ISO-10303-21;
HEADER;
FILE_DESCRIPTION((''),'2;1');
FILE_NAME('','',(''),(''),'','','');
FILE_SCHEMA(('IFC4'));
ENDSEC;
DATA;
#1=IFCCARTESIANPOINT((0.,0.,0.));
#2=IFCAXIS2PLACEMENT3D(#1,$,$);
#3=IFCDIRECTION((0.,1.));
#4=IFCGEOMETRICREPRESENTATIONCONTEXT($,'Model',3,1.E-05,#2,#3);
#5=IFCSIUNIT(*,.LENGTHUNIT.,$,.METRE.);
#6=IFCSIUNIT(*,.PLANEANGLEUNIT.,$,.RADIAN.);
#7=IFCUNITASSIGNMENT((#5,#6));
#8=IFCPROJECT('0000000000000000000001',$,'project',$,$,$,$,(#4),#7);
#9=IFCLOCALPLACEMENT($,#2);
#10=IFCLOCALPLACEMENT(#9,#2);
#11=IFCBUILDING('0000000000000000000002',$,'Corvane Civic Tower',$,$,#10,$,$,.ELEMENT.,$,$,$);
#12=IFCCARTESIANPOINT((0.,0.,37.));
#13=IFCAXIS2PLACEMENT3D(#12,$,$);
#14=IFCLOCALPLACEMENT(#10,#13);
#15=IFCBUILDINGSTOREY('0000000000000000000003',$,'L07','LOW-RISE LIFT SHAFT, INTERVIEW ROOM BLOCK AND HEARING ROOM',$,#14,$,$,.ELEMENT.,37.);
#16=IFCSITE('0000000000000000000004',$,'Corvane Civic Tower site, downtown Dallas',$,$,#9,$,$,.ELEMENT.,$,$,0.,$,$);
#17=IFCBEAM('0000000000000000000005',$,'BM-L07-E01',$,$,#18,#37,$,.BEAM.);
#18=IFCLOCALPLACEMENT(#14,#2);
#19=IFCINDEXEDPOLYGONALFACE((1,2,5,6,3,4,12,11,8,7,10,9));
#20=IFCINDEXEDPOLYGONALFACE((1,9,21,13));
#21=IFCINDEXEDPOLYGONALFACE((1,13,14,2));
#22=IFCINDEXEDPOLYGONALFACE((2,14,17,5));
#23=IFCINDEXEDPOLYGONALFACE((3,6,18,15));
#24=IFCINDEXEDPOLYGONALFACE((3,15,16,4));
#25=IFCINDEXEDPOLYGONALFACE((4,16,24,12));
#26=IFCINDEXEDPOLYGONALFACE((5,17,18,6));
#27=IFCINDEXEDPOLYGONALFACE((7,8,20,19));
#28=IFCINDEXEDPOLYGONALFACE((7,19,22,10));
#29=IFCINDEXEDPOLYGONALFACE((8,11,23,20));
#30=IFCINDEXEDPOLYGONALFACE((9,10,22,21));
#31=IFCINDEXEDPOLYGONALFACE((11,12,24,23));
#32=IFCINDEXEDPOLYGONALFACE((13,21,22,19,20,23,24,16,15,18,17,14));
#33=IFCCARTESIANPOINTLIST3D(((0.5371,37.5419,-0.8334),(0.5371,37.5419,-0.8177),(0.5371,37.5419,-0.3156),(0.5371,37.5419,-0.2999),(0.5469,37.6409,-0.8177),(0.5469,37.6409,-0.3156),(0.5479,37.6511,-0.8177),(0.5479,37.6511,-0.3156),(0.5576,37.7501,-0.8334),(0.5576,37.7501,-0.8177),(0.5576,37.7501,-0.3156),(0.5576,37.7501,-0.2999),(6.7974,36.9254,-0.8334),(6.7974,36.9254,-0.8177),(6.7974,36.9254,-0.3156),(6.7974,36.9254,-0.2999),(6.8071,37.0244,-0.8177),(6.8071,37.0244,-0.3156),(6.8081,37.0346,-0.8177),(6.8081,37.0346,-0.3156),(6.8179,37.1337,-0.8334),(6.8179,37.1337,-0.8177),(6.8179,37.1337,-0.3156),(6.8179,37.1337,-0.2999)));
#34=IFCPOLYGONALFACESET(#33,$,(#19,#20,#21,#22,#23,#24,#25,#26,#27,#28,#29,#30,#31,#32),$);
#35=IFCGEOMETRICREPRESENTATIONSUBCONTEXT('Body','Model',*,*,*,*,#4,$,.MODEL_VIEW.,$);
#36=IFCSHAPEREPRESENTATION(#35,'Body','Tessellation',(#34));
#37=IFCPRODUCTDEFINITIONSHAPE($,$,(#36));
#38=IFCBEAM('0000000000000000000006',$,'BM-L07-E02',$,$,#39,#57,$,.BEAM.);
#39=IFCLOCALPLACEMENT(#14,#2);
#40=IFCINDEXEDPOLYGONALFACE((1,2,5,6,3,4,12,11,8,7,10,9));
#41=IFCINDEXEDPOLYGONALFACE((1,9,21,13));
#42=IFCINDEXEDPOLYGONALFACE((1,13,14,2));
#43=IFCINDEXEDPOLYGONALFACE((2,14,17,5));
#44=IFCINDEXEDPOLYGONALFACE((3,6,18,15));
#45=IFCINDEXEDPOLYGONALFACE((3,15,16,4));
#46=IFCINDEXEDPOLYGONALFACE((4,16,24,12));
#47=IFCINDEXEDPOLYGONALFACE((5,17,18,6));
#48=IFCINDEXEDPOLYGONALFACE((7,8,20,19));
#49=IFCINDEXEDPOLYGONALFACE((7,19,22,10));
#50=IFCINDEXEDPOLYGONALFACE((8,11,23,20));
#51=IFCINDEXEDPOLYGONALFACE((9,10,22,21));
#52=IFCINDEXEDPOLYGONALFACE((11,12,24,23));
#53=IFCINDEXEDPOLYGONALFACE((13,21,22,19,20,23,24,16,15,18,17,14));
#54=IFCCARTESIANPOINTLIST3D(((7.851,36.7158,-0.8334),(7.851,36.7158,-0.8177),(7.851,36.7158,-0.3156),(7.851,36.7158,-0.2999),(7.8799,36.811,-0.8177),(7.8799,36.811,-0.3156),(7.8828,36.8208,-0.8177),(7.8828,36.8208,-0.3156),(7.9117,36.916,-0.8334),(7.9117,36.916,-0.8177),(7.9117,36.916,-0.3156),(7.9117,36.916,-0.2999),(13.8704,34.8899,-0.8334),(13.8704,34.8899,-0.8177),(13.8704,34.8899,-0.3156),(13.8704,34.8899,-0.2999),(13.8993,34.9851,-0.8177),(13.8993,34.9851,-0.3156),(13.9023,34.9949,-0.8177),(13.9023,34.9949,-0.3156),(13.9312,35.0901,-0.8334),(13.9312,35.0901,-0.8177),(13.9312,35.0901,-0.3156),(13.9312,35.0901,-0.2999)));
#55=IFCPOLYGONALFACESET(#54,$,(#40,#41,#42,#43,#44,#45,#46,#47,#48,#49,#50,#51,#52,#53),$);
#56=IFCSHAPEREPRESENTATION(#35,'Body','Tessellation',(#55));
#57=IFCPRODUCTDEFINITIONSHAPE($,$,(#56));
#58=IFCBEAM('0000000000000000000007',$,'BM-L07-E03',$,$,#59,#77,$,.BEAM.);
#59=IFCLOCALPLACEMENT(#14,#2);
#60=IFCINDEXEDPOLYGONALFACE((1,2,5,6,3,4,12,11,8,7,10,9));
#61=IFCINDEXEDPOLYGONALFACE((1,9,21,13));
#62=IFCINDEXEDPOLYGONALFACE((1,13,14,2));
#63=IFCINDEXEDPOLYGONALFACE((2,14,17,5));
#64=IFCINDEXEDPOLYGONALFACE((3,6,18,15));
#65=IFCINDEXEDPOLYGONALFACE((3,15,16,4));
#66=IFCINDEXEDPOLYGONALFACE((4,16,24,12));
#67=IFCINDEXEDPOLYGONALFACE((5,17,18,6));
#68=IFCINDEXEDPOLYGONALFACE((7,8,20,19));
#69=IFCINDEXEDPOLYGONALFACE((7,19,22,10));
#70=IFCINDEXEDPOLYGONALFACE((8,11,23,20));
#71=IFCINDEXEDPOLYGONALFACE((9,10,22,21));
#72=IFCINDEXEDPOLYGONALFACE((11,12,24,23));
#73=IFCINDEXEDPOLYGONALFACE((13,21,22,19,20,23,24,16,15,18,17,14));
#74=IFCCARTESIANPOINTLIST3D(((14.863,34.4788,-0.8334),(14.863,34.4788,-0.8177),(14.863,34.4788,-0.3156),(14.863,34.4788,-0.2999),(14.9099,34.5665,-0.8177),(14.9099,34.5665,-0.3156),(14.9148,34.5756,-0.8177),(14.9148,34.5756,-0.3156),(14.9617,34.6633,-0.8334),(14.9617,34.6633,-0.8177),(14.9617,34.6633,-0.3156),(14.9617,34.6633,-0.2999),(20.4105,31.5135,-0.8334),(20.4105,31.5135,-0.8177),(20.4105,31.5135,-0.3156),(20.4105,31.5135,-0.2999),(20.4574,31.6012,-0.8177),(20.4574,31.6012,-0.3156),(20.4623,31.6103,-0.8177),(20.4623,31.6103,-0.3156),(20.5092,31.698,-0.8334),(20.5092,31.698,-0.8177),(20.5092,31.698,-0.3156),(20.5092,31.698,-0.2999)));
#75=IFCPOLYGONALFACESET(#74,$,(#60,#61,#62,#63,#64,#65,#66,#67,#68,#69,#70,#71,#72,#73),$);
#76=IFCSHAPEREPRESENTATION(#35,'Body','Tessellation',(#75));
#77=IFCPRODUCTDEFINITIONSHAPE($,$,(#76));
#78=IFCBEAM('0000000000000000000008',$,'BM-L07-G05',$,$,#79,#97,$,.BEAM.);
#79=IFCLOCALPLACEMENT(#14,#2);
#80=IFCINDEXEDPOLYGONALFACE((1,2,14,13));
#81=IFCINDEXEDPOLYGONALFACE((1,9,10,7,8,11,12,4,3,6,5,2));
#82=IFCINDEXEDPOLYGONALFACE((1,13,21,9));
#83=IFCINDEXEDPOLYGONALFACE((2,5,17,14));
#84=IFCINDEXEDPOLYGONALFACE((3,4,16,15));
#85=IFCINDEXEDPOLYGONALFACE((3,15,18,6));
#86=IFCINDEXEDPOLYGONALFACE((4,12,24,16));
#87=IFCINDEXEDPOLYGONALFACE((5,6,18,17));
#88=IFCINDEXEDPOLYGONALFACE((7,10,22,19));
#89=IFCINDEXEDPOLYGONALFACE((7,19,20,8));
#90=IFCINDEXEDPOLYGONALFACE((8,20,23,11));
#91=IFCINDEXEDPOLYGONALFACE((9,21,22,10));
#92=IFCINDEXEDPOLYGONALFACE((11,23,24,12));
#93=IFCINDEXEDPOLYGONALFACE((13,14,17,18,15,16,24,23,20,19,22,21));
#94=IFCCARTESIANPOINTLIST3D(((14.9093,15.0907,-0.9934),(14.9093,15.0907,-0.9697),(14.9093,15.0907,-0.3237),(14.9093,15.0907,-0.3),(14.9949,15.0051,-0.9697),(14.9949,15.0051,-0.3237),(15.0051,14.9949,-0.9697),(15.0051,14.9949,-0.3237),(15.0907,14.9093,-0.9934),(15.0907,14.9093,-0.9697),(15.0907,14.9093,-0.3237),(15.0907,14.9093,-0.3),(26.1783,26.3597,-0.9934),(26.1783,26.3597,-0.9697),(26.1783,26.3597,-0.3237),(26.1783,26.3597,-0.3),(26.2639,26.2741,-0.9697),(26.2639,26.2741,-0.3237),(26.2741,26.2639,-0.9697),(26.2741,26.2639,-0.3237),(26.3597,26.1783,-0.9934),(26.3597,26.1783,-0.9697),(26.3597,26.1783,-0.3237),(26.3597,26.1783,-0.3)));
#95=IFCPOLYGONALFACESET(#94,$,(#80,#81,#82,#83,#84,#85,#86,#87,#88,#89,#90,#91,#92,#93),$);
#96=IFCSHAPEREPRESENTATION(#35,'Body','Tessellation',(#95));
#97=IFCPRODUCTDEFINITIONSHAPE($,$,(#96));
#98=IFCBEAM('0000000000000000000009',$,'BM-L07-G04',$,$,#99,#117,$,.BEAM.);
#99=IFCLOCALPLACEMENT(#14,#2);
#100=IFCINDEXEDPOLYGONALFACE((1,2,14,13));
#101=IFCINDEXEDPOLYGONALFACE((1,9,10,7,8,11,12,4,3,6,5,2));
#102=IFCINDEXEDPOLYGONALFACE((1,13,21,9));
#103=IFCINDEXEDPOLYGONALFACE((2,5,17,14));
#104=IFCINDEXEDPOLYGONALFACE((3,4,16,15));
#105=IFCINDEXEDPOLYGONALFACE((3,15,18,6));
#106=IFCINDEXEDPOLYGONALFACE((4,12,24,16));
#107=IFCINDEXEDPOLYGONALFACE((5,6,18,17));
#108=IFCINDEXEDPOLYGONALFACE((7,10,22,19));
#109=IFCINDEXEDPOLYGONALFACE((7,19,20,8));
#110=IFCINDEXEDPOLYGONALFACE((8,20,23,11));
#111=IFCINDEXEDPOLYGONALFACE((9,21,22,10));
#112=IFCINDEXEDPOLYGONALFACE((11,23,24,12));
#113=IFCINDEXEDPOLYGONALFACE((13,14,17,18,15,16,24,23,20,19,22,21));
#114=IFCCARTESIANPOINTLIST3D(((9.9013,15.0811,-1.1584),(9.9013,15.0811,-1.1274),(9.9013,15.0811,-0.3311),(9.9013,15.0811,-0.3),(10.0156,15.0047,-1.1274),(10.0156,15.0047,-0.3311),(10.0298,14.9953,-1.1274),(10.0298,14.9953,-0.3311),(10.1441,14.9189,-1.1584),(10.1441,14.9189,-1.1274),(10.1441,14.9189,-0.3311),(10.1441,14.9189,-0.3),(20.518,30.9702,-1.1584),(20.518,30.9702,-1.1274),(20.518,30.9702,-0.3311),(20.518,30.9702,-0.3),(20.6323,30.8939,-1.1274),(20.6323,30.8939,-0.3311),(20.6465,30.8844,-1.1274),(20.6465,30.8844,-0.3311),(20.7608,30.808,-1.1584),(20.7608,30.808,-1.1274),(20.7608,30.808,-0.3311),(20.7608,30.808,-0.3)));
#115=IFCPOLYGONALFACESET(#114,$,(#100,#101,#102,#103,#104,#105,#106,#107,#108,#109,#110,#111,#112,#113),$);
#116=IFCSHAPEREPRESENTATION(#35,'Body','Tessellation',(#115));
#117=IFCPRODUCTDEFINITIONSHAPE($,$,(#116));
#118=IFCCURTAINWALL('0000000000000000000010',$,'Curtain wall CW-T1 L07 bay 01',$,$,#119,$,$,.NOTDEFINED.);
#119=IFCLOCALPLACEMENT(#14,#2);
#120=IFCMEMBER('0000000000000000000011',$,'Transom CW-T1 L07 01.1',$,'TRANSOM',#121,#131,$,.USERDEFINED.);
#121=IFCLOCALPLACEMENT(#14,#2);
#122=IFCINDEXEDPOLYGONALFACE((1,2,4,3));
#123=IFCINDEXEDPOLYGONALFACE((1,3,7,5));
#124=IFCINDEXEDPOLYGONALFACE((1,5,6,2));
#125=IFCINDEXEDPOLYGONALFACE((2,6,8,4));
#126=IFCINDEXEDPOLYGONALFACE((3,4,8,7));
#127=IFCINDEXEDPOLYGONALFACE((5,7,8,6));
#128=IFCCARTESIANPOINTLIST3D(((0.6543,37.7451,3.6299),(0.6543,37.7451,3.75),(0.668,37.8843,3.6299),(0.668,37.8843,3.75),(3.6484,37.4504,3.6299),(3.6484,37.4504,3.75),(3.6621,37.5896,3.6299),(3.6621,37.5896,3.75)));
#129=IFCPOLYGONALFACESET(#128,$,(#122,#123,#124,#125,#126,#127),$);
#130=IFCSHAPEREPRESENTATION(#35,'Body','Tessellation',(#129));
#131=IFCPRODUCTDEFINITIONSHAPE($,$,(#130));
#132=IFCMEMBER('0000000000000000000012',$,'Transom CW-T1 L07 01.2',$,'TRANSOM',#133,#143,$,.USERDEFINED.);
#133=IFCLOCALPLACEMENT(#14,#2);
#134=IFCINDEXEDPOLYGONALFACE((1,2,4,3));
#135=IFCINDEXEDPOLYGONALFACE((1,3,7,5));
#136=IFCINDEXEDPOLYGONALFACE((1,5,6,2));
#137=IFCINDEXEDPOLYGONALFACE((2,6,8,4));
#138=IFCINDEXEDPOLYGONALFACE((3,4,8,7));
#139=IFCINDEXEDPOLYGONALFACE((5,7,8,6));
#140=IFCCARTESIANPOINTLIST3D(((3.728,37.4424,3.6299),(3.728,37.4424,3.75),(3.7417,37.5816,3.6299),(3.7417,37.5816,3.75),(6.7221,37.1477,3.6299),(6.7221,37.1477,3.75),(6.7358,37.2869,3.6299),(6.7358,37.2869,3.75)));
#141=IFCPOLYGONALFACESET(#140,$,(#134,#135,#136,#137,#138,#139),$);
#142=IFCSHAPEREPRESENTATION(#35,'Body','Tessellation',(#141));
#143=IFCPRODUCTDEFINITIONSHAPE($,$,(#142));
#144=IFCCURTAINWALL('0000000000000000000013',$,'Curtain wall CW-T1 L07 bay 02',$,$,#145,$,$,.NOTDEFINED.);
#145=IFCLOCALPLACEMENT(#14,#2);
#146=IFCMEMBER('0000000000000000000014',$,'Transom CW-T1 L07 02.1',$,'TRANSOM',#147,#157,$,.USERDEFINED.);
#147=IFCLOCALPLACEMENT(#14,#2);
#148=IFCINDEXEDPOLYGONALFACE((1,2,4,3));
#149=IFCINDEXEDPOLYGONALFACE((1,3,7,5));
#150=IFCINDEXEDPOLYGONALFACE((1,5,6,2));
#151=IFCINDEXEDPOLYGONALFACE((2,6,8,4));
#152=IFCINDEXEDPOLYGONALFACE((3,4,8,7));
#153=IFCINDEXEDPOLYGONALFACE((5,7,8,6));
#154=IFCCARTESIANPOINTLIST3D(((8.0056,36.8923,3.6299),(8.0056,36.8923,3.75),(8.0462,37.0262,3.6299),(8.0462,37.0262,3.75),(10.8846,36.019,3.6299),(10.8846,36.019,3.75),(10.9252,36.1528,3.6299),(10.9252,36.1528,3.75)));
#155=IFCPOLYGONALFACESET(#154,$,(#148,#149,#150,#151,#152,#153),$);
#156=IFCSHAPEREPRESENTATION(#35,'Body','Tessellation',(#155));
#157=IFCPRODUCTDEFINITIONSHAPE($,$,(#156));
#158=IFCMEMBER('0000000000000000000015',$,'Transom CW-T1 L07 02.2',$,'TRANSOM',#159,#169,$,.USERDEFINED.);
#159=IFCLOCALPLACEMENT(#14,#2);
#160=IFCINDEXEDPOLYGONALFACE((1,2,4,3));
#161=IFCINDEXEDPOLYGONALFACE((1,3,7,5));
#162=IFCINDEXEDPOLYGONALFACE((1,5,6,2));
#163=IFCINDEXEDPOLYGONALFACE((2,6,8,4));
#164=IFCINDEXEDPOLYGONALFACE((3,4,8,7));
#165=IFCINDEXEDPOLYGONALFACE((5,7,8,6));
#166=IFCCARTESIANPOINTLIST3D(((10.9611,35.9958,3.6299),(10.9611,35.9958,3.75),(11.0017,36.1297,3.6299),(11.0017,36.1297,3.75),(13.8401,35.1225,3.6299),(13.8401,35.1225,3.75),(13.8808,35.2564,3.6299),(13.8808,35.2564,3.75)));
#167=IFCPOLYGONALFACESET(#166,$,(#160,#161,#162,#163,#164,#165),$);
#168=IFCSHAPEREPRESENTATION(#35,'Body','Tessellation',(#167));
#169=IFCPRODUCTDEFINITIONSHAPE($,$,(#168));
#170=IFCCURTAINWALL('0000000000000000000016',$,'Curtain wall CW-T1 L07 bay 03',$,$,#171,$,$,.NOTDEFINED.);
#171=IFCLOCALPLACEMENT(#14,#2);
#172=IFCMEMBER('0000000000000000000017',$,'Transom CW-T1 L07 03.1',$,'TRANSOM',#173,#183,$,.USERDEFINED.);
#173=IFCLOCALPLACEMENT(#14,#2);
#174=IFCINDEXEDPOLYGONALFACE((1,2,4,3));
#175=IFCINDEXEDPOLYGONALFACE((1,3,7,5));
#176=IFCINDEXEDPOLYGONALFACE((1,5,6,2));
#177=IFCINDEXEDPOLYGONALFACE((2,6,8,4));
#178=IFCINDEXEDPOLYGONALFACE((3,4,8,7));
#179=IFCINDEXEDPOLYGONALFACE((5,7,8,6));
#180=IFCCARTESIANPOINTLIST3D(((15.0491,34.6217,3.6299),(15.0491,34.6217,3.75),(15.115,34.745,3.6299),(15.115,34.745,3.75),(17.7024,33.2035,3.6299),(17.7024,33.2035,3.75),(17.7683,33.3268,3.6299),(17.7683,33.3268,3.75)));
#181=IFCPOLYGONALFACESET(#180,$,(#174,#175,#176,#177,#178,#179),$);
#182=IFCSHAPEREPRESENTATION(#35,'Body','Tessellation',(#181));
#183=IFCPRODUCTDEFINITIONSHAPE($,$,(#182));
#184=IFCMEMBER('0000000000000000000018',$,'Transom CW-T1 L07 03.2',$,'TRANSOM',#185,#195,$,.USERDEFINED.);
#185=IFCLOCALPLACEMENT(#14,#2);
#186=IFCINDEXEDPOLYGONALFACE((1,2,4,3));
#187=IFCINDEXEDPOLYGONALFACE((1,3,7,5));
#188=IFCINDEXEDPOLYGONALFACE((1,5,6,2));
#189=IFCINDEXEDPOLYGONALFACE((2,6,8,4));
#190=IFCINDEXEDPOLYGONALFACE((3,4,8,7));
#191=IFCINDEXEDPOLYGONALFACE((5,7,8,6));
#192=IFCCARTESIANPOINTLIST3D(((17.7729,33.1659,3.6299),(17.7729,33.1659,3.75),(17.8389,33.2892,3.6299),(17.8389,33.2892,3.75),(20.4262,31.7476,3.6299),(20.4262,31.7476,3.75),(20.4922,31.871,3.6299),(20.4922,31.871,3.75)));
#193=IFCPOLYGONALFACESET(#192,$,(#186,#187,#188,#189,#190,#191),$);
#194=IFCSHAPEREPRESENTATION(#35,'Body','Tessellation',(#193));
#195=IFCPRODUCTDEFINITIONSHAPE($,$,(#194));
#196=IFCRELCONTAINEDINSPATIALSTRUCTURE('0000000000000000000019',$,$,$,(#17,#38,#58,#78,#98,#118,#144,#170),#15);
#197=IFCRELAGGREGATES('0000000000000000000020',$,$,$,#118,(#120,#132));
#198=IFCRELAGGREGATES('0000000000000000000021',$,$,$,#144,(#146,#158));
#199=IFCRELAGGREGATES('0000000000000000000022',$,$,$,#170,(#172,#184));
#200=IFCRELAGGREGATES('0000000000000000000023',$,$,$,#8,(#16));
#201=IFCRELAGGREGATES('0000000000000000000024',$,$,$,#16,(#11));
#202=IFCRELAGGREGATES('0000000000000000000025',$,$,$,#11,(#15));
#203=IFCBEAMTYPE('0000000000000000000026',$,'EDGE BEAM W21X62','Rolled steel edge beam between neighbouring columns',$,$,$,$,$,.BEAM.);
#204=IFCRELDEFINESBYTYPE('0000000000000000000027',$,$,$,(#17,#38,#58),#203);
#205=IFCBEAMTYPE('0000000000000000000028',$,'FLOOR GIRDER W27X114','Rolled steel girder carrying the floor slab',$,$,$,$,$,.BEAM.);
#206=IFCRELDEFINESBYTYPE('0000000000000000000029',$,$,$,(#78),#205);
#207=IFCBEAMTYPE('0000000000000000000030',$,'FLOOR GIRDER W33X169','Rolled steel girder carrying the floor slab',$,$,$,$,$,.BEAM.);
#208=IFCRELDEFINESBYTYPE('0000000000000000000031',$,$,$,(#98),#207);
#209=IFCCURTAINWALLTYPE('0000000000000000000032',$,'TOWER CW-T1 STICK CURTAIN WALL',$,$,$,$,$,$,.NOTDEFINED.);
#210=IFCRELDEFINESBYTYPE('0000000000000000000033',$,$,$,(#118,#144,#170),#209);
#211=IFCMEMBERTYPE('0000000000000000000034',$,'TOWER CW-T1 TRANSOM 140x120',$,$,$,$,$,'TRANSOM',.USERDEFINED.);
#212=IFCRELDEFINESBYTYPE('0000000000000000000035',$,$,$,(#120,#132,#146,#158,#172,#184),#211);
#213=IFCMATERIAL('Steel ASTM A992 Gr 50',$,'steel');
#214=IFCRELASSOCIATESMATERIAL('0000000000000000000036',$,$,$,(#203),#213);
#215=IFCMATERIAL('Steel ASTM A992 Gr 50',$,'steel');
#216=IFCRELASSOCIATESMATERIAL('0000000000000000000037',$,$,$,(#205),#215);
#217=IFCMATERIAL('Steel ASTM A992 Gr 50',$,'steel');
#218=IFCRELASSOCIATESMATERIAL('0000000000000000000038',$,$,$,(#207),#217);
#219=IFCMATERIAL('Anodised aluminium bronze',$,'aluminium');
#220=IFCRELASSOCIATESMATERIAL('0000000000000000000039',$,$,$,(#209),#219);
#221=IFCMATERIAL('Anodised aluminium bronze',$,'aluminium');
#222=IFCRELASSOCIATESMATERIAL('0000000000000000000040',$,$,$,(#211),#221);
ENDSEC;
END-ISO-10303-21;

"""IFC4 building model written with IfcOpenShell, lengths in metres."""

from ifc_helpers import new_model, si_unit, direction, frame, origin, origin_2d, place, context, subcontext, project, spatial, rectangle, i_section, extrude, material, material_profile, profile_set, type_object, element, aggregate, save


model = new_model("IFC4")

# Units and contexts
model_context = context("Model", 3, precision=1e-05, world=origin(), true_north=direction((0.0, 1.0)))
body_context = subcontext(model_context, "Body", "Model", "MODEL_VIEW")
ifc_project = project(units=[si_unit("LENGTHUNIT", "METRE"), si_unit("PLANEANGLEUNIT", "RADIAN")], contexts=[model_context])

# Site, building, storey
site_placement = place(None, origin())
site = spatial("IfcSite", under=ifc_project, at=site_placement, Name="Corvane Civic Tower site, downtown Dallas", CompositionType="ELEMENT", RefElevation=0.0)
building_placement = place(site_placement, origin())
building = spatial("IfcBuilding", under=site, at=building_placement, Name="Corvane Civic Tower", CompositionType="ELEMENT")
storey_placement = place(building_placement, frame((0.0, 0.0, 37.0)))
storey = spatial("IfcBuildingStorey", under=building, at=storey_placement, Name="L07", Description="LOW-RISE LIFT SHAFT, INTERVIEW ROOM BLOCK AND HEARING ROOM", CompositionType="ELEMENT", Elevation=37.0)

# Beams
ifc_material_1 = material(Name="Steel ASTM A992 Gr 50", Category="steel")
ifc_material_profile_1 = material_profile(ifc_material_1, i_section(OverallWidth=0.2092, OverallDepth=0.5334, WebThickness=0.0103, FlangeThickness=0.0156, at=origin_2d()), Name="W21X62")
ifc_profile_set_1 = profile_set([ifc_material_profile_1], Name="Steel ASTM A992 Gr 50")
beam_type_1 = type_object("IfcBeamType", Name="EDGE BEAM W21X62", Description="Rolled steel edge beam between neighbouring columns", PredefinedType="BEAM", material=ifc_profile_set_1)
beam_1_placement = place(storey_placement, frame((0.5474, 37.646, -0.5667), z_axis=(0.995187, -0.097997, 0.0), x_axis=(0.097997, 0.995187, 0.0)))
element("IfcBeam", 1, at=beam_1_placement, inside=storey, type_object=beam_type_1, Name="BM-L07-E01", PredefinedType="BEAM", context=body_context, shape_type="SweptSolid", body=[
    extrude(i_section(OverallWidth=0.2092, OverallDepth=0.5334, WebThickness=0.0103, FlangeThickness=0.0156, at=origin_2d()), origin(), (0.0, 0.0, 1.0), 6.2905),
])
for number, where, z_axis, x_axis, name in (
    (2, (7.8813, 36.8159, -0.5667), (0.956944, -0.290273, 0.0), (0.290273, 0.956944, 0.0), "BM-L07-E02"),
    (3, (14.9124, 34.571, -0.5667), (0.881916, -0.471406, 0.0), (0.471406, 0.881916, 0.0), "BM-L07-E03"),
):
    element("IfcBeam", number, at=place(storey_placement, frame(where, z_axis=z_axis, x_axis=x_axis)), inside=storey, type_object=beam_type_1, Name=name, PredefinedType="BEAM", context=body_context, shape_type="SweptSolid", body=[
        extrude(i_section(OverallWidth=0.2092, OverallDepth=0.5334, WebThickness=0.0103, FlangeThickness=0.0156, at=origin_2d()), origin(), (0.0, 0.0, 1.0), 6.2903),
    ])
ifc_material_2 = material(Name="Steel ASTM A992 Gr 50", Category="steel")
ifc_material_profile_2 = material_profile(ifc_material_2, i_section(OverallWidth=0.2566, OverallDepth=0.6934, WebThickness=0.0144, FlangeThickness=0.0237, at=origin_2d()), Name="W27X114")
ifc_profile_set_2 = profile_set([ifc_material_profile_2], Name="Steel ASTM A992 Gr 50")
beam_type_2 = type_object("IfcBeamType", Name="FLOOR GIRDER W27X114", Description="Rolled steel girder carrying the floor slab", PredefinedType="BEAM", material=ifc_profile_set_2)
beam_2_placement = place(storey_placement, frame((15.0, 15.0, -0.6467), z_axis=(0.707107, 0.707107, 0.0), x_axis=(-0.707107, 0.707107, 0.0)))
element("IfcBeam", 4, at=beam_2_placement, inside=storey, type_object=beam_type_2, Name="BM-L07-G05", PredefinedType="BEAM", context=body_context, shape_type="SweptSolid", body=[
    extrude(i_section(OverallWidth=0.2566, OverallDepth=0.6934, WebThickness=0.0144, FlangeThickness=0.0237, at=origin_2d()), origin(), (0.0, 0.0, 1.0), 15.9368),
])
ifc_material_3 = material(Name="Steel ASTM A992 Gr 50", Category="steel")
ifc_material_profile_3 = material_profile(ifc_material_3, i_section(OverallWidth=0.292, OverallDepth=0.8584, WebThickness=0.0171, FlangeThickness=0.031, at=origin_2d()), Name="W33X169")
ifc_profile_set_3 = profile_set([ifc_material_profile_3], Name="Steel ASTM A992 Gr 50")
beam_type_3 = type_object("IfcBeamType", Name="FLOOR GIRDER W33X169", Description="Rolled steel girder carrying the floor slab", PredefinedType="BEAM", material=ifc_profile_set_3)
beam_3_placement = place(storey_placement, frame((10.0227, 15.0, -0.7292), z_axis=(0.555567, 0.831472, 0.0), x_axis=(-0.831472, 0.555567, 0.0)))
element("IfcBeam", 5, at=beam_3_placement, inside=storey, type_object=beam_type_3, Name="BM-L07-G04", PredefinedType="BEAM", context=body_context, shape_type="SweptSolid", body=[
    extrude(i_section(OverallWidth=0.292, OverallDepth=0.8584, WebThickness=0.0171, FlangeThickness=0.031, at=origin_2d()), origin(), (0.0, 0.0, 1.0), 19.1096),
])

# Curtain walls, members
ifc_material_4 = material(Name="Anodised aluminium bronze", Category="aluminium")
curtain_wall_type = type_object("IfcCurtainWallType", Name="TOWER CW-T1 STICK CURTAIN WALL", PredefinedType="NOTDEFINED", material=ifc_material_4)
curtain_wall_1_placement = place(storey_placement, origin())
curtain_wall_1 = element("IfcCurtainWall", 6, at=curtain_wall_1_placement, inside=storey, type_object=curtain_wall_type, Name="Curtain wall CW-T1 L07 bay 01", PredefinedType="NOTDEFINED")
ifc_material_5 = material(Name="Anodised aluminium bronze", Category="aluminium")
ifc_material_profile_4 = material_profile(ifc_material_5, rectangle(XDim=0.1399, YDim=0.1201, at=origin_2d()), Name="TOWER CW-T1 TRANSOM 140x120")
ifc_profile_set_4 = profile_set([ifc_material_profile_4], Name="Anodised aluminium bronze")
member_type_1 = type_object("IfcMemberType", Name="TOWER CW-T1 TRANSOM 140x120", ElementType="TRANSOM", PredefinedType="USERDEFINED", material=ifc_profile_set_4)
member_1_placement = place(storey_placement, frame((0.6611, 37.8147, 3.6899), z_axis=(0.995192, -0.097945, 0.0), x_axis=(0.097945, 0.995192, 0.0)))
member_1 = element("IfcMember", 7, at=member_1_placement, type_object=member_type_1, Name="Transom CW-T1 L07 01.1", ObjectType="TRANSOM", PredefinedType="USERDEFINED", context=body_context, shape_type="SweptSolid", body=[
    extrude(rectangle(XDim=0.1399, YDim=0.1201, at=origin_2d()), origin(), (0.0, 0.0, 1.0), 3.0085),
])
member_2_placement = place(storey_placement, frame((3.7349, 37.512, 3.6899), z_axis=(0.995192, -0.097945, 0.0), x_axis=(0.097945, 0.995192, 0.0)))
member_2 = element("IfcMember", 8, at=member_2_placement, type_object=member_type_1, Name="Transom CW-T1 L07 01.2", ObjectType="TRANSOM", PredefinedType="USERDEFINED", context=body_context, shape_type="SweptSolid", body=[
    extrude(rectangle(XDim=0.1399, YDim=0.1201, at=origin_2d()), origin(), (0.0, 0.0, 1.0), 3.0085),
])
curtain_wall_2_placement = place(storey_placement, origin())
curtain_wall_2 = element("IfcCurtainWall", 9, at=curtain_wall_2_placement, inside=storey, type_object=curtain_wall_type, Name="Curtain wall CW-T1 L07 bay 02", PredefinedType="NOTDEFINED")
member_3_placement = place(storey_placement, frame((8.0259, 36.9592, 3.6899), z_axis=(0.956942, -0.29028, 0.0), x_axis=(0.29028, 0.956942, 0.0)))
member_3 = element("IfcMember", 10, at=member_3_placement, type_object=member_type_1, Name="Transom CW-T1 L07 02.1", ObjectType="TRANSOM", PredefinedType="USERDEFINED", context=body_context, shape_type="SweptSolid", body=[
    extrude(rectangle(XDim=0.1399, YDim=0.1201, at=origin_2d()), origin(), (0.0, 0.0, 1.0), 3.0085),
])
member_4_placement = place(storey_placement, frame((10.9814, 36.0627, 3.6899), z_axis=(0.956942, -0.29028, 0.0), x_axis=(0.29028, 0.956942, 0.0)))
member_4 = element("IfcMember", 11, at=member_4_placement, type_object=member_type_1, Name="Transom CW-T1 L07 02.2", ObjectType="TRANSOM", PredefinedType="USERDEFINED", context=body_context, shape_type="SweptSolid", body=[
    extrude(rectangle(XDim=0.1399, YDim=0.1201, at=origin_2d()), origin(), (0.0, 0.0, 1.0), 3.0085),
])
curtain_wall_3_placement = place(storey_placement, origin())
curtain_wall_3 = element("IfcCurtainWall", 12, at=curtain_wall_3_placement, inside=storey, type_object=curtain_wall_type, Name="Curtain wall CW-T1 L07 bay 03", PredefinedType="NOTDEFINED")
member_5_placement = place(storey_placement, frame((15.082, 34.6833, 3.6899), z_axis=(0.881924, -0.471393, 0.0), x_axis=(0.471393, 0.881924, 0.0)))
member_5 = element("IfcMember", 13, at=member_5_placement, type_object=member_type_1, Name="Transom CW-T1 L07 03.1", ObjectType="TRANSOM", PredefinedType="USERDEFINED", context=body_context, shape_type="SweptSolid", body=[
    extrude(rectangle(XDim=0.1399, YDim=0.1201, at=origin_2d()), origin(), (0.0, 0.0, 1.0), 3.0085),
])
member_6_placement = place(storey_placement, frame((17.8059, 33.2275, 3.6899), z_axis=(0.881924, -0.471393, 0.0), x_axis=(0.471393, 0.881924, 0.0)))
member_6 = element("IfcMember", 14, at=member_6_placement, type_object=member_type_1, Name="Transom CW-T1 L07 03.2", ObjectType="TRANSOM", PredefinedType="USERDEFINED", context=body_context, shape_type="SweptSolid", body=[
    extrude(rectangle(XDim=0.1399, YDim=0.1201, at=origin_2d()), origin(), (0.0, 0.0, 1.0), 3.0085),
])

aggregate(curtain_wall_1, [member_1, member_2])
aggregate(curtain_wall_2, [member_3, member_4])
aggregate(curtain_wall_3, [member_5, member_6])

save(model, "model.ifc")
